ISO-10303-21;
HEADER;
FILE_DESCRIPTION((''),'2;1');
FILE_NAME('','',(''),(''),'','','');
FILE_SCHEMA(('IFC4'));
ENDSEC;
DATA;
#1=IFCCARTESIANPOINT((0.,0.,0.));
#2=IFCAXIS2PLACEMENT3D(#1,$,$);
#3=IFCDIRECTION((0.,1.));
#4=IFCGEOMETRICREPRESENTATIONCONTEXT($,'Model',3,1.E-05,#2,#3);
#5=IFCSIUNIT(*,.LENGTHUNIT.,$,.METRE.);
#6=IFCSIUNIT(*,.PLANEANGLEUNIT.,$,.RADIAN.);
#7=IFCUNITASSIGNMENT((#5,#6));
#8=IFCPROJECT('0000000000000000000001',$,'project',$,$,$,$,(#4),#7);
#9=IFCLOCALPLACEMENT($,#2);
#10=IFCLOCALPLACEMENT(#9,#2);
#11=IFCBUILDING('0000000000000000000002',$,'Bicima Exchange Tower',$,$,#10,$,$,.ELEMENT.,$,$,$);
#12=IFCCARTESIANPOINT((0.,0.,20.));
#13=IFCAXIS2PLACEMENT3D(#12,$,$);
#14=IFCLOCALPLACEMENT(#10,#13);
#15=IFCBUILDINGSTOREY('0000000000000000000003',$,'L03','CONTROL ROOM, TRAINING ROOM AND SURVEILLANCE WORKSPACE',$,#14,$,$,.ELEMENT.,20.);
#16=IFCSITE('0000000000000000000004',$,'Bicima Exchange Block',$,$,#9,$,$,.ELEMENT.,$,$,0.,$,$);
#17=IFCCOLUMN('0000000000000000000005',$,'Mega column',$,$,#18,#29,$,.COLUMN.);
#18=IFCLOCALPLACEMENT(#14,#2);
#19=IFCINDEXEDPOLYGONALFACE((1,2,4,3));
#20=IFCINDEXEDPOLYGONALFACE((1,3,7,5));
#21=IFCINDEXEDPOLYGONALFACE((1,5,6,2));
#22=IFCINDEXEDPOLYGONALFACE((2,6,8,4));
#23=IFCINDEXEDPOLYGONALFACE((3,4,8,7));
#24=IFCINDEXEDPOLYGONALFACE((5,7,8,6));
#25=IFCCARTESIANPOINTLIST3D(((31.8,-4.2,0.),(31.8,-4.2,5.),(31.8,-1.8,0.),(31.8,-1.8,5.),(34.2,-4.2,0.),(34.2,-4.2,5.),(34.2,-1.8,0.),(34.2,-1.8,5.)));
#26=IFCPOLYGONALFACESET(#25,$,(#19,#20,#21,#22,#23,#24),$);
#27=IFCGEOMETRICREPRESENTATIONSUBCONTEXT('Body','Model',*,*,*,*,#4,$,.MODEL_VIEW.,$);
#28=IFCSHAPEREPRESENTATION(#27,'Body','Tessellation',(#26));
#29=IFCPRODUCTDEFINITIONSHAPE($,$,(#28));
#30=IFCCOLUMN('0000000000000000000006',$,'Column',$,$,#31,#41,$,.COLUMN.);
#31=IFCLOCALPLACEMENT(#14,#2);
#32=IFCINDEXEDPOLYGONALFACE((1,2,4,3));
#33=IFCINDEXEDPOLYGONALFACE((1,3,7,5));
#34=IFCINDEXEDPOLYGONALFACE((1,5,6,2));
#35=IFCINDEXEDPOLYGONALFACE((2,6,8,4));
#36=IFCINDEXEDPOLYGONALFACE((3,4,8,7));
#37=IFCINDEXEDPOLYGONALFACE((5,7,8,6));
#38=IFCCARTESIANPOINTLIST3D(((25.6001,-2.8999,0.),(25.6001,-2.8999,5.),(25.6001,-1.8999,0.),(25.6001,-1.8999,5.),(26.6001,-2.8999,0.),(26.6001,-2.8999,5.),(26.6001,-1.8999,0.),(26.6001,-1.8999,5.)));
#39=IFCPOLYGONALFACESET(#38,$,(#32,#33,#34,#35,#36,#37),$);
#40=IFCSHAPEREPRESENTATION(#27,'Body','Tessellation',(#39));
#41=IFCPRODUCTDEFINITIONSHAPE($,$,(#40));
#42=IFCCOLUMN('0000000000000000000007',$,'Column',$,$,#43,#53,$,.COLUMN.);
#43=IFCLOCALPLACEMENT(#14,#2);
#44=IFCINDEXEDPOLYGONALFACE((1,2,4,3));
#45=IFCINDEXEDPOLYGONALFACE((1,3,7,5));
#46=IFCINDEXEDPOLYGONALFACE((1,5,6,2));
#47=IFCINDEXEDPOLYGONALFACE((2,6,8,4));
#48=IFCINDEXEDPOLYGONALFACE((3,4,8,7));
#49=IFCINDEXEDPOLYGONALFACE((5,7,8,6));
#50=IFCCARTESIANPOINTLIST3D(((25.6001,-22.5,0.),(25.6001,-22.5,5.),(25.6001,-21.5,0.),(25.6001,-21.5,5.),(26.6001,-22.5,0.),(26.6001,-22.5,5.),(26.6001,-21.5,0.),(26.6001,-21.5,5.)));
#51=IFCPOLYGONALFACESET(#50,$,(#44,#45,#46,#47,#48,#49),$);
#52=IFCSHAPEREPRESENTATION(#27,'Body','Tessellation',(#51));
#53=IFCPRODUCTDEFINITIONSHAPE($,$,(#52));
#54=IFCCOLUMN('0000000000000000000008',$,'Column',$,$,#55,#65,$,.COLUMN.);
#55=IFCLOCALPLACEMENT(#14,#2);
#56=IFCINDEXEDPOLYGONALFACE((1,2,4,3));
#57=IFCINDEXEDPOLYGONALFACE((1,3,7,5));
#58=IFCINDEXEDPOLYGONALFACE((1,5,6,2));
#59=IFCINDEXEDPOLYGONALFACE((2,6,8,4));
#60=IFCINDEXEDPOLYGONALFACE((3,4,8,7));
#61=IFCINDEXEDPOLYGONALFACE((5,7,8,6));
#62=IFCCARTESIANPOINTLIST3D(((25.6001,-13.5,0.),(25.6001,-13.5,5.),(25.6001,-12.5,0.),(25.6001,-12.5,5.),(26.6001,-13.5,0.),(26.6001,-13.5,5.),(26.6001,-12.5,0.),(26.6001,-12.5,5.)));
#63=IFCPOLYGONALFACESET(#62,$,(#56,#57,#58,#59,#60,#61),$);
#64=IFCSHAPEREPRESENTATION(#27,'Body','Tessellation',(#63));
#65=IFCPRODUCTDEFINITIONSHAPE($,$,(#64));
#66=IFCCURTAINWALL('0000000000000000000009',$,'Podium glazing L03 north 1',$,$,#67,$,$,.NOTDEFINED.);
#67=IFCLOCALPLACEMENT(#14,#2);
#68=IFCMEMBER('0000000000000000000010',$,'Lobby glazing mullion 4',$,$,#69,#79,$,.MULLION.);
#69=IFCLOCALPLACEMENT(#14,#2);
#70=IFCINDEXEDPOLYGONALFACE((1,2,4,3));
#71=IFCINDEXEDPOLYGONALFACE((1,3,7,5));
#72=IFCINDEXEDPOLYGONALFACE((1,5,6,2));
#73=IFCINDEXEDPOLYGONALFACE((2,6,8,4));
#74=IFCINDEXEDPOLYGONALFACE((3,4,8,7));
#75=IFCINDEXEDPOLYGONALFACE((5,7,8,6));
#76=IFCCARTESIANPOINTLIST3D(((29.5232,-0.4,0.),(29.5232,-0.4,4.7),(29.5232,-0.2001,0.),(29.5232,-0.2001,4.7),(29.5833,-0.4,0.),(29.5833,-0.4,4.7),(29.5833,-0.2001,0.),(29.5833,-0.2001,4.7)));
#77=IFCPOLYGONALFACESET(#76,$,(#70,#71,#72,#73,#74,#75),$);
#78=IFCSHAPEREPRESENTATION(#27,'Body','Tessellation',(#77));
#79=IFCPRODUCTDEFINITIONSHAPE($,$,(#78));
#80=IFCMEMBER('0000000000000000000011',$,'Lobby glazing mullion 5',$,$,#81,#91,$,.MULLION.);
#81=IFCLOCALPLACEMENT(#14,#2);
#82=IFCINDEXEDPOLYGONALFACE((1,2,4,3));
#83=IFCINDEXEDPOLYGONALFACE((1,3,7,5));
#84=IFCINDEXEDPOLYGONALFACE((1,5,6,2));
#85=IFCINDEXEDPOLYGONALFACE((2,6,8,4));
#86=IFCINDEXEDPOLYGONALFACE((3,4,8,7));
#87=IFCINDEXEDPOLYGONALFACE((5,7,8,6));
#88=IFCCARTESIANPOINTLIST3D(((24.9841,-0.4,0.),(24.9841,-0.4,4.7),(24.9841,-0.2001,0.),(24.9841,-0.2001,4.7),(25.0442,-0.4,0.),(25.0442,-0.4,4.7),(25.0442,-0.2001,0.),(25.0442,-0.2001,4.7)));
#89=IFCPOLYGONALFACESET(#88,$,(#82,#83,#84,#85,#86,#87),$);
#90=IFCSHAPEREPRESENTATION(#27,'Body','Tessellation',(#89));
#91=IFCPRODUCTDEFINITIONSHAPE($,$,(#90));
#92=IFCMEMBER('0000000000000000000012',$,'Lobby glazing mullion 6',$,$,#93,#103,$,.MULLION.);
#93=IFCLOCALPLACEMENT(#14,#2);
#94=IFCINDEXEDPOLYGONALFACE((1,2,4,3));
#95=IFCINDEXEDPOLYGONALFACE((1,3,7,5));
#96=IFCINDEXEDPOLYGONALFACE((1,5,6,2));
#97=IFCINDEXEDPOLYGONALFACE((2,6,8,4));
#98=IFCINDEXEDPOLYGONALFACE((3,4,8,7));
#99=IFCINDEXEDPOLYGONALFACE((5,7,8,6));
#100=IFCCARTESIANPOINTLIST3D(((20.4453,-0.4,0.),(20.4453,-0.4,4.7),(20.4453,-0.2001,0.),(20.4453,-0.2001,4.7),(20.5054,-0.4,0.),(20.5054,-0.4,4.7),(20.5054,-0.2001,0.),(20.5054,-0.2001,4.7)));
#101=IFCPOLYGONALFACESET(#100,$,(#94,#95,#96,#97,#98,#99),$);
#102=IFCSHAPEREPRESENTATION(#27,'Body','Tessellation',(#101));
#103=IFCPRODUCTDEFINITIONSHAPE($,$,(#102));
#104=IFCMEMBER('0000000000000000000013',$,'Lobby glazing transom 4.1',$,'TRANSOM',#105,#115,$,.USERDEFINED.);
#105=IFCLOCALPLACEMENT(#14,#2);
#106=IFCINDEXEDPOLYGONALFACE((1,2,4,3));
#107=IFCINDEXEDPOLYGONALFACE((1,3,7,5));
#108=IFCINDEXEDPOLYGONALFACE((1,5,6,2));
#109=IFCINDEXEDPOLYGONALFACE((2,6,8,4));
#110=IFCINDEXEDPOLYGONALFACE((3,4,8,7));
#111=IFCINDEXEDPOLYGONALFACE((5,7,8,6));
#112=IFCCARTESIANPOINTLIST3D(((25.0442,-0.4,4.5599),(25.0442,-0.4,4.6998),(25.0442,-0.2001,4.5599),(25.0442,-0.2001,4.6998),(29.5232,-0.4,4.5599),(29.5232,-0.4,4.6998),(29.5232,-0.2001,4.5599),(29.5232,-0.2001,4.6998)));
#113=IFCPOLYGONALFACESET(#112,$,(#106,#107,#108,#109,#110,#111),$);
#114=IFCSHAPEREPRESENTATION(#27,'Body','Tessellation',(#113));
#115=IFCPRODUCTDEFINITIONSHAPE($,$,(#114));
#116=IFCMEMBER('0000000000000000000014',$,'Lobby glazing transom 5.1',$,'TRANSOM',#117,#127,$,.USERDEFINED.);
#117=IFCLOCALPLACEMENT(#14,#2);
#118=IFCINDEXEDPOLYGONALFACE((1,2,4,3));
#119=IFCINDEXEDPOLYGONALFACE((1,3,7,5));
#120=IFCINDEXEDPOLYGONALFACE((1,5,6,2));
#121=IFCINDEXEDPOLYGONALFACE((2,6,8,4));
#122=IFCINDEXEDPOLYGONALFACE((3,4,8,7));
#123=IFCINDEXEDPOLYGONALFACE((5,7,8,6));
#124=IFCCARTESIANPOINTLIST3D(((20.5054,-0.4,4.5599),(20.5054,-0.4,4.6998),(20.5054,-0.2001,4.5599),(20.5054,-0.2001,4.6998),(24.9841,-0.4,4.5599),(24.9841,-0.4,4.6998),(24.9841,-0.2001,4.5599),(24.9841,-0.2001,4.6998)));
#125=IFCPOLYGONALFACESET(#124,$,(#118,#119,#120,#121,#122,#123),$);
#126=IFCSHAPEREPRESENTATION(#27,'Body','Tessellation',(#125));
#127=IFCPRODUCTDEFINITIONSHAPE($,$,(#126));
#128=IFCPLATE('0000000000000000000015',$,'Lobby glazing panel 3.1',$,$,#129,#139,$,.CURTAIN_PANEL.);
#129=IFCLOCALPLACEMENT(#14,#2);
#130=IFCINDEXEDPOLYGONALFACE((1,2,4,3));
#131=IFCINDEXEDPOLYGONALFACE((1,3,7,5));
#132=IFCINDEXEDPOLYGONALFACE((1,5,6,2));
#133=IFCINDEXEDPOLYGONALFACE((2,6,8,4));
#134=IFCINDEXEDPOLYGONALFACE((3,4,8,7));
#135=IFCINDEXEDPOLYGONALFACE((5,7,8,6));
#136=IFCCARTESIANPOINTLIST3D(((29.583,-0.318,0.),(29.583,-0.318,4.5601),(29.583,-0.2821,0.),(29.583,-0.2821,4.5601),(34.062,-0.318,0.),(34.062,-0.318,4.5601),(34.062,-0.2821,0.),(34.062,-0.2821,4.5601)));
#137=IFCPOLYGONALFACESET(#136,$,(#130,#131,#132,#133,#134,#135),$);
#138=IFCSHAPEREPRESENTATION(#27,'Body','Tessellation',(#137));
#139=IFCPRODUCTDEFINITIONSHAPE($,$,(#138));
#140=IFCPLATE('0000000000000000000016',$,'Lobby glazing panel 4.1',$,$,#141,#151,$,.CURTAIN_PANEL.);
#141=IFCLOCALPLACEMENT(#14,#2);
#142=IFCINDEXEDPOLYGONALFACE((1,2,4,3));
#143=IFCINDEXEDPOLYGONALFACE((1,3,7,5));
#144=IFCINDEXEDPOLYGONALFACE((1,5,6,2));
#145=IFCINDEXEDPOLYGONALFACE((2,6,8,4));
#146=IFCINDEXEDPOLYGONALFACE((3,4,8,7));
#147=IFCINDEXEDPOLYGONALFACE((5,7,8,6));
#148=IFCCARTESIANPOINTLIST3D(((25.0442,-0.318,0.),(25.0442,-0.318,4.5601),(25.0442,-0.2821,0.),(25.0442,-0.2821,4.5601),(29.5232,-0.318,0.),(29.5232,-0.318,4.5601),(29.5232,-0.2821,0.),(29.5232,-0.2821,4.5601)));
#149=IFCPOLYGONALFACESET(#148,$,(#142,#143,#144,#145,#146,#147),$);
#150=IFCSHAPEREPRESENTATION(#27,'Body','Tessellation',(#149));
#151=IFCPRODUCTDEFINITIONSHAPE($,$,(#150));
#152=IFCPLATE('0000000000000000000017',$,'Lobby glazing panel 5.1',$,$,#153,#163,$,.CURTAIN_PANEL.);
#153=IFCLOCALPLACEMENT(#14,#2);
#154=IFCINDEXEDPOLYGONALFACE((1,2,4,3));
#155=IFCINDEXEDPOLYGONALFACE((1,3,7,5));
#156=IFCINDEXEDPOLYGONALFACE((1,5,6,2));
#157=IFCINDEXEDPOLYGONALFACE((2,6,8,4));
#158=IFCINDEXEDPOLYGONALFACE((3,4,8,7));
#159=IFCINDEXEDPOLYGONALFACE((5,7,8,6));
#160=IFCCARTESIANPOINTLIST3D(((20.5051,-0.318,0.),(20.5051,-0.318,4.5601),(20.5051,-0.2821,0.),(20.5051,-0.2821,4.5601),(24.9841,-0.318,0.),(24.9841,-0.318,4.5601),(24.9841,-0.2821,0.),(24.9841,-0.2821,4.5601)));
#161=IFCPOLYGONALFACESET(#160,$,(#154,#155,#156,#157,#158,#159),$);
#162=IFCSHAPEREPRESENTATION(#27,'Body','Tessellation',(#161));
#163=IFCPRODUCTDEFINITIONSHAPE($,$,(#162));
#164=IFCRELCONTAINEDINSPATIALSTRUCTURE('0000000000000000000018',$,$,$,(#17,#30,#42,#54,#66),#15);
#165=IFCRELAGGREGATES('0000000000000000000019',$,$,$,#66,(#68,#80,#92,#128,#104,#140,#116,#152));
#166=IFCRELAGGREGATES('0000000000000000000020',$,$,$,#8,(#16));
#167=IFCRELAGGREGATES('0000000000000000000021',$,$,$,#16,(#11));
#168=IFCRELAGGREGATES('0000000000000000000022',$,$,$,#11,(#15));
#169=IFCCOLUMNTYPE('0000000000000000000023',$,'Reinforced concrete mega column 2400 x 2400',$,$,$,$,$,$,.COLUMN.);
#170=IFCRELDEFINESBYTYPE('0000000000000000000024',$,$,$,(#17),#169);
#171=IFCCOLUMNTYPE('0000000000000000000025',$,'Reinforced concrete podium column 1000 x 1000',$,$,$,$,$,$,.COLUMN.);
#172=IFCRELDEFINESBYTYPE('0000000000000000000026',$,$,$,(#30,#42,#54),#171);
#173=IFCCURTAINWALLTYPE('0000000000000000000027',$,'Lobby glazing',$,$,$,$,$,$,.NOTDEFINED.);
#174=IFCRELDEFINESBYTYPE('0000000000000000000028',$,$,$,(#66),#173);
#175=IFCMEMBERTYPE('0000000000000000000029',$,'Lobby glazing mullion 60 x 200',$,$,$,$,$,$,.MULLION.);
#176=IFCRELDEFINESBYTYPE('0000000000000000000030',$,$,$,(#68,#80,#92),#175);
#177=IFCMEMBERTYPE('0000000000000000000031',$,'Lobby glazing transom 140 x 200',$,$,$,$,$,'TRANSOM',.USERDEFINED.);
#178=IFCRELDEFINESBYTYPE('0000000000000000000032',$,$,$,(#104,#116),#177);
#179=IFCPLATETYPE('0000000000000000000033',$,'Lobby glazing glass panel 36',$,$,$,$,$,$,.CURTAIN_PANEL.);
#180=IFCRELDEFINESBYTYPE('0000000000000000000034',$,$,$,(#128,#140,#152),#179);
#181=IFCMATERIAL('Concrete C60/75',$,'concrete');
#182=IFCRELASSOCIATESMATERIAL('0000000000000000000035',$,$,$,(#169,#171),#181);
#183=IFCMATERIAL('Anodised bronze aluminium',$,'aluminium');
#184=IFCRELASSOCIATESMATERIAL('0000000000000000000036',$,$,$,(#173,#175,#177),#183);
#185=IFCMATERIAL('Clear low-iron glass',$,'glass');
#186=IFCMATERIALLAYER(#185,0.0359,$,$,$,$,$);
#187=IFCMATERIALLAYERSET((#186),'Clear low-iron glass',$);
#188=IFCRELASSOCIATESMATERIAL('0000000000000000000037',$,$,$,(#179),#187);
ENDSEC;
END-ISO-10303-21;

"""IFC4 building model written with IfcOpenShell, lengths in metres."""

from ifc_helpers import new_model, si_unit, direction, frame, origin, origin_2d, place, context, subcontext, project, spatial, rectangle, extrude, material, layer, layer_set, material_profile, profile_set, type_object, element, aggregate, save


model = new_model("IFC4")

# Units and contexts
model_context = context("Model", 3, precision=1e-05, world=origin(), true_north=direction((0.0, 1.0)))
body_context = subcontext(model_context, "Body", "Model", "MODEL_VIEW")
ifc_project = project(units=[si_unit("LENGTHUNIT", "METRE"), si_unit("PLANEANGLEUNIT", "RADIAN")], contexts=[model_context])

# Site, building, storey
site_placement = place(None, origin())
site = spatial("IfcSite", under=ifc_project, at=site_placement, Name="Bicima Exchange Block", CompositionType="ELEMENT", RefElevation=0.0)
building_placement = place(site_placement, origin())
building = spatial("IfcBuilding", under=site, at=building_placement, Name="Bicima Exchange Tower", CompositionType="ELEMENT")
storey_placement = place(building_placement, frame((0.0, 0.0, 20.0)))
storey = spatial("IfcBuildingStorey", under=building, at=storey_placement, Name="L03", Description="CONTROL ROOM, TRAINING ROOM AND SURVEILLANCE WORKSPACE", CompositionType="ELEMENT", Elevation=20.0)

# Columns
ifc_material_1 = material(Name="Concrete C60/75", Category="concrete")
ifc_material_profile_1 = material_profile(ifc_material_1, rectangle(XDim=2.3999, YDim=2.3999, at=origin_2d()))
ifc_profile_set_1 = profile_set([ifc_material_profile_1], Name="Concrete C60/75")
column_type_1 = type_object("IfcColumnType", Name="Reinforced concrete mega column 2400 x 2400", PredefinedType="COLUMN", material=ifc_profile_set_1)
column_placement = place(storey_placement, frame((33.0, -3.0, 0.0), z_axis=(0.0, 0.0, 1.0), x_axis=(1.0, 0.0, 0.0)))
element("IfcColumn", 1, at=column_placement, inside=storey, type_object=column_type_1, Name="Mega column", PredefinedType="COLUMN", context=body_context, shape_type="SweptSolid", body=[
    extrude(rectangle(XDim=2.3999, YDim=2.3999, at=origin_2d()), origin(), (0.0, 0.0, 1.0), 5.0),
])
ifc_material_profile_2 = material_profile(ifc_material_1, rectangle(XDim=1.0, YDim=1.0, at=origin_2d()))
ifc_profile_set_2 = profile_set([ifc_material_profile_2], Name="Concrete C60/75")
column_type_2 = type_object("IfcColumnType", Name="Reinforced concrete podium column 1000 x 1000", PredefinedType="COLUMN", material=ifc_profile_set_2)
for number, where, z_axis, x_axis, name in (
    (2, (26.1001, -2.3999, 0.0), (0.0, 0.0, 1.0), (1.0, 0.0, 0.0), "Column"),
    (3, (26.1001, -22.0, 0.0), (0.0, 0.0, 1.0), (1.0, 0.0, 0.0), "Column"),
    (4, (26.1001, -13.0, 0.0), (0.0, 0.0, 1.0), (1.0, 0.0, 0.0), "Column"),
):
    element("IfcColumn", number, at=place(storey_placement, frame(where, z_axis=z_axis, x_axis=x_axis)), inside=storey, type_object=column_type_2, Name=name, PredefinedType="COLUMN", context=body_context, shape_type="SweptSolid", body=[
        extrude(rectangle(XDim=1.0, YDim=1.0, at=origin_2d()), origin(), (0.0, 0.0, 1.0), 5.0),
    ])

# Curtain wall, members, plates
ifc_material_2 = material(Name="Anodised bronze aluminium", Category="aluminium")
curtain_wall_type = type_object("IfcCurtainWallType", Name="Lobby glazing", PredefinedType="NOTDEFINED", material=ifc_material_2)
curtain_wall_placement = place(storey_placement, origin())
curtain_wall = element("IfcCurtainWall", 5, at=curtain_wall_placement, inside=storey, type_object=curtain_wall_type, Name="Podium glazing L03 north 1", PredefinedType="NOTDEFINED")
ifc_material_profile_3 = material_profile(ifc_material_2, rectangle(XDim=0.2, YDim=0.0601, at=origin_2d()))
ifc_profile_set_3 = profile_set([ifc_material_profile_3], Name="Anodised bronze aluminium")
member_type_1 = type_object("IfcMemberType", Name="Lobby glazing mullion 60 x 200", PredefinedType="MULLION", material=ifc_profile_set_3)
member_1_placement = place(storey_placement, frame((29.5532, -0.3, 0.0), z_axis=(0.0, 0.0, 1.0), x_axis=(0.0, -1.0, 0.0)))
member_1 = element("IfcMember", 6, at=member_1_placement, type_object=member_type_1, Name="Lobby glazing mullion 4", PredefinedType="MULLION", context=body_context, shape_type="SweptSolid", body=[
    extrude(rectangle(XDim=0.2, YDim=0.0601, at=origin_2d()), origin(), (0.0, 0.0, 1.0), 4.7),
])
member_2_placement = place(storey_placement, frame((25.0142, -0.3, 0.0), z_axis=(0.0, 0.0, 1.0), x_axis=(0.0, -1.0, 0.0)))
member_2 = element("IfcMember", 7, at=member_2_placement, type_object=member_type_1, Name="Lobby glazing mullion 5", PredefinedType="MULLION", context=body_context, shape_type="SweptSolid", body=[
    extrude(rectangle(XDim=0.2, YDim=0.0601, at=origin_2d()), origin(), (0.0, 0.0, 1.0), 4.7),
])
member_3_placement = place(storey_placement, frame((20.4753, -0.3, 0.0), z_axis=(0.0, 0.0, 1.0), x_axis=(0.0, -1.0, 0.0)))
member_3 = element("IfcMember", 8, at=member_3_placement, type_object=member_type_1, Name="Lobby glazing mullion 6", PredefinedType="MULLION", context=body_context, shape_type="SweptSolid", body=[
    extrude(rectangle(XDim=0.2, YDim=0.0601, at=origin_2d()), origin(), (0.0, 0.0, 1.0), 4.7),
])
ifc_material_profile_4 = material_profile(ifc_material_2, rectangle(XDim=0.2, YDim=0.1399, at=origin_2d()))
ifc_profile_set_4 = profile_set([ifc_material_profile_4], Name="Anodised bronze aluminium")
member_type_2 = type_object("IfcMemberType", Name="Lobby glazing transom 140 x 200", ElementType="TRANSOM", PredefinedType="USERDEFINED", material=ifc_profile_set_4)
member_4_placement = place(storey_placement, frame((29.5232, -0.3, 4.6299), z_axis=(-1.0, 0.0, 0.0), x_axis=(0.0, -1.0, 0.0)))
member_4 = element("IfcMember", 9, at=member_4_placement, type_object=member_type_2, Name="Lobby glazing transom 4.1", ObjectType="TRANSOM", PredefinedType="USERDEFINED", context=body_context, shape_type="SweptSolid", body=[
    extrude(rectangle(XDim=0.2, YDim=0.1399, at=origin_2d()), origin(), (0.0, 0.0, 1.0), 4.479),
])
member_5_placement = place(storey_placement, frame((24.9841, -0.3, 4.6299), z_axis=(-1.0, 0.0, 0.0), x_axis=(0.0, -1.0, 0.0)))
member_5 = element("IfcMember", 10, at=member_5_placement, type_object=member_type_2, Name="Lobby glazing transom 5.1", ObjectType="TRANSOM", PredefinedType="USERDEFINED", context=body_context, shape_type="SweptSolid", body=[
    extrude(rectangle(XDim=0.2, YDim=0.1399, at=origin_2d()), origin(), (0.0, 0.0, 1.0), 4.4788),
])
ifc_material_3 = material(Name="Clear low-iron glass", Category="glass")
ifc_layer_1 = layer(ifc_material_3, 0.0359)
ifc_layer_set_1 = layer_set([ifc_layer_1], Name="Clear low-iron glass")
plate_type = type_object("IfcPlateType", Name="Lobby glazing glass panel 36", PredefinedType="CURTAIN_PANEL", material=ifc_layer_set_1)
plate_1_placement = place(storey_placement, frame((31.8225, -0.3, 0.0), z_axis=(0.0, 0.0, 1.0), x_axis=(-1.0, 0.0, 0.0)))
plate_1 = element("IfcPlate", 11, at=plate_1_placement, type_object=plate_type, Name="Lobby glazing panel 3.1", PredefinedType="CURTAIN_PANEL", context=body_context, shape_type="SweptSolid", body=[
    extrude(rectangle(XDim=4.479, YDim=0.0359, at=origin_2d()), origin(), (0.0, 0.0, 1.0), 4.5601),
])
plate_2_placement = place(storey_placement, frame((27.2837, -0.3, 0.0), z_axis=(0.0, 0.0, 1.0), x_axis=(-1.0, 0.0, 0.0)))
plate_2 = element("IfcPlate", 12, at=plate_2_placement, type_object=plate_type, Name="Lobby glazing panel 4.1", PredefinedType="CURTAIN_PANEL", context=body_context, shape_type="SweptSolid", body=[
    extrude(rectangle(XDim=4.479, YDim=0.0359, at=origin_2d()), origin(), (0.0, 0.0, 1.0), 4.5601),
])
plate_3_placement = place(storey_placement, frame((22.7446, -0.3, 0.0), z_axis=(0.0, 0.0, 1.0), x_axis=(-1.0, 0.0, 0.0)))
plate_3 = element("IfcPlate", 13, at=plate_3_placement, type_object=plate_type, Name="Lobby glazing panel 5.1", PredefinedType="CURTAIN_PANEL", context=body_context, shape_type="SweptSolid", body=[
    extrude(rectangle(XDim=4.479, YDim=0.0359, at=origin_2d()), origin(), (0.0, 0.0, 1.0), 4.5601),
])
aggregate(curtain_wall, [member_1, member_2, member_3, plate_1, member_4, plate_2, member_5, plate_3])

save(model, "model.ifc")
